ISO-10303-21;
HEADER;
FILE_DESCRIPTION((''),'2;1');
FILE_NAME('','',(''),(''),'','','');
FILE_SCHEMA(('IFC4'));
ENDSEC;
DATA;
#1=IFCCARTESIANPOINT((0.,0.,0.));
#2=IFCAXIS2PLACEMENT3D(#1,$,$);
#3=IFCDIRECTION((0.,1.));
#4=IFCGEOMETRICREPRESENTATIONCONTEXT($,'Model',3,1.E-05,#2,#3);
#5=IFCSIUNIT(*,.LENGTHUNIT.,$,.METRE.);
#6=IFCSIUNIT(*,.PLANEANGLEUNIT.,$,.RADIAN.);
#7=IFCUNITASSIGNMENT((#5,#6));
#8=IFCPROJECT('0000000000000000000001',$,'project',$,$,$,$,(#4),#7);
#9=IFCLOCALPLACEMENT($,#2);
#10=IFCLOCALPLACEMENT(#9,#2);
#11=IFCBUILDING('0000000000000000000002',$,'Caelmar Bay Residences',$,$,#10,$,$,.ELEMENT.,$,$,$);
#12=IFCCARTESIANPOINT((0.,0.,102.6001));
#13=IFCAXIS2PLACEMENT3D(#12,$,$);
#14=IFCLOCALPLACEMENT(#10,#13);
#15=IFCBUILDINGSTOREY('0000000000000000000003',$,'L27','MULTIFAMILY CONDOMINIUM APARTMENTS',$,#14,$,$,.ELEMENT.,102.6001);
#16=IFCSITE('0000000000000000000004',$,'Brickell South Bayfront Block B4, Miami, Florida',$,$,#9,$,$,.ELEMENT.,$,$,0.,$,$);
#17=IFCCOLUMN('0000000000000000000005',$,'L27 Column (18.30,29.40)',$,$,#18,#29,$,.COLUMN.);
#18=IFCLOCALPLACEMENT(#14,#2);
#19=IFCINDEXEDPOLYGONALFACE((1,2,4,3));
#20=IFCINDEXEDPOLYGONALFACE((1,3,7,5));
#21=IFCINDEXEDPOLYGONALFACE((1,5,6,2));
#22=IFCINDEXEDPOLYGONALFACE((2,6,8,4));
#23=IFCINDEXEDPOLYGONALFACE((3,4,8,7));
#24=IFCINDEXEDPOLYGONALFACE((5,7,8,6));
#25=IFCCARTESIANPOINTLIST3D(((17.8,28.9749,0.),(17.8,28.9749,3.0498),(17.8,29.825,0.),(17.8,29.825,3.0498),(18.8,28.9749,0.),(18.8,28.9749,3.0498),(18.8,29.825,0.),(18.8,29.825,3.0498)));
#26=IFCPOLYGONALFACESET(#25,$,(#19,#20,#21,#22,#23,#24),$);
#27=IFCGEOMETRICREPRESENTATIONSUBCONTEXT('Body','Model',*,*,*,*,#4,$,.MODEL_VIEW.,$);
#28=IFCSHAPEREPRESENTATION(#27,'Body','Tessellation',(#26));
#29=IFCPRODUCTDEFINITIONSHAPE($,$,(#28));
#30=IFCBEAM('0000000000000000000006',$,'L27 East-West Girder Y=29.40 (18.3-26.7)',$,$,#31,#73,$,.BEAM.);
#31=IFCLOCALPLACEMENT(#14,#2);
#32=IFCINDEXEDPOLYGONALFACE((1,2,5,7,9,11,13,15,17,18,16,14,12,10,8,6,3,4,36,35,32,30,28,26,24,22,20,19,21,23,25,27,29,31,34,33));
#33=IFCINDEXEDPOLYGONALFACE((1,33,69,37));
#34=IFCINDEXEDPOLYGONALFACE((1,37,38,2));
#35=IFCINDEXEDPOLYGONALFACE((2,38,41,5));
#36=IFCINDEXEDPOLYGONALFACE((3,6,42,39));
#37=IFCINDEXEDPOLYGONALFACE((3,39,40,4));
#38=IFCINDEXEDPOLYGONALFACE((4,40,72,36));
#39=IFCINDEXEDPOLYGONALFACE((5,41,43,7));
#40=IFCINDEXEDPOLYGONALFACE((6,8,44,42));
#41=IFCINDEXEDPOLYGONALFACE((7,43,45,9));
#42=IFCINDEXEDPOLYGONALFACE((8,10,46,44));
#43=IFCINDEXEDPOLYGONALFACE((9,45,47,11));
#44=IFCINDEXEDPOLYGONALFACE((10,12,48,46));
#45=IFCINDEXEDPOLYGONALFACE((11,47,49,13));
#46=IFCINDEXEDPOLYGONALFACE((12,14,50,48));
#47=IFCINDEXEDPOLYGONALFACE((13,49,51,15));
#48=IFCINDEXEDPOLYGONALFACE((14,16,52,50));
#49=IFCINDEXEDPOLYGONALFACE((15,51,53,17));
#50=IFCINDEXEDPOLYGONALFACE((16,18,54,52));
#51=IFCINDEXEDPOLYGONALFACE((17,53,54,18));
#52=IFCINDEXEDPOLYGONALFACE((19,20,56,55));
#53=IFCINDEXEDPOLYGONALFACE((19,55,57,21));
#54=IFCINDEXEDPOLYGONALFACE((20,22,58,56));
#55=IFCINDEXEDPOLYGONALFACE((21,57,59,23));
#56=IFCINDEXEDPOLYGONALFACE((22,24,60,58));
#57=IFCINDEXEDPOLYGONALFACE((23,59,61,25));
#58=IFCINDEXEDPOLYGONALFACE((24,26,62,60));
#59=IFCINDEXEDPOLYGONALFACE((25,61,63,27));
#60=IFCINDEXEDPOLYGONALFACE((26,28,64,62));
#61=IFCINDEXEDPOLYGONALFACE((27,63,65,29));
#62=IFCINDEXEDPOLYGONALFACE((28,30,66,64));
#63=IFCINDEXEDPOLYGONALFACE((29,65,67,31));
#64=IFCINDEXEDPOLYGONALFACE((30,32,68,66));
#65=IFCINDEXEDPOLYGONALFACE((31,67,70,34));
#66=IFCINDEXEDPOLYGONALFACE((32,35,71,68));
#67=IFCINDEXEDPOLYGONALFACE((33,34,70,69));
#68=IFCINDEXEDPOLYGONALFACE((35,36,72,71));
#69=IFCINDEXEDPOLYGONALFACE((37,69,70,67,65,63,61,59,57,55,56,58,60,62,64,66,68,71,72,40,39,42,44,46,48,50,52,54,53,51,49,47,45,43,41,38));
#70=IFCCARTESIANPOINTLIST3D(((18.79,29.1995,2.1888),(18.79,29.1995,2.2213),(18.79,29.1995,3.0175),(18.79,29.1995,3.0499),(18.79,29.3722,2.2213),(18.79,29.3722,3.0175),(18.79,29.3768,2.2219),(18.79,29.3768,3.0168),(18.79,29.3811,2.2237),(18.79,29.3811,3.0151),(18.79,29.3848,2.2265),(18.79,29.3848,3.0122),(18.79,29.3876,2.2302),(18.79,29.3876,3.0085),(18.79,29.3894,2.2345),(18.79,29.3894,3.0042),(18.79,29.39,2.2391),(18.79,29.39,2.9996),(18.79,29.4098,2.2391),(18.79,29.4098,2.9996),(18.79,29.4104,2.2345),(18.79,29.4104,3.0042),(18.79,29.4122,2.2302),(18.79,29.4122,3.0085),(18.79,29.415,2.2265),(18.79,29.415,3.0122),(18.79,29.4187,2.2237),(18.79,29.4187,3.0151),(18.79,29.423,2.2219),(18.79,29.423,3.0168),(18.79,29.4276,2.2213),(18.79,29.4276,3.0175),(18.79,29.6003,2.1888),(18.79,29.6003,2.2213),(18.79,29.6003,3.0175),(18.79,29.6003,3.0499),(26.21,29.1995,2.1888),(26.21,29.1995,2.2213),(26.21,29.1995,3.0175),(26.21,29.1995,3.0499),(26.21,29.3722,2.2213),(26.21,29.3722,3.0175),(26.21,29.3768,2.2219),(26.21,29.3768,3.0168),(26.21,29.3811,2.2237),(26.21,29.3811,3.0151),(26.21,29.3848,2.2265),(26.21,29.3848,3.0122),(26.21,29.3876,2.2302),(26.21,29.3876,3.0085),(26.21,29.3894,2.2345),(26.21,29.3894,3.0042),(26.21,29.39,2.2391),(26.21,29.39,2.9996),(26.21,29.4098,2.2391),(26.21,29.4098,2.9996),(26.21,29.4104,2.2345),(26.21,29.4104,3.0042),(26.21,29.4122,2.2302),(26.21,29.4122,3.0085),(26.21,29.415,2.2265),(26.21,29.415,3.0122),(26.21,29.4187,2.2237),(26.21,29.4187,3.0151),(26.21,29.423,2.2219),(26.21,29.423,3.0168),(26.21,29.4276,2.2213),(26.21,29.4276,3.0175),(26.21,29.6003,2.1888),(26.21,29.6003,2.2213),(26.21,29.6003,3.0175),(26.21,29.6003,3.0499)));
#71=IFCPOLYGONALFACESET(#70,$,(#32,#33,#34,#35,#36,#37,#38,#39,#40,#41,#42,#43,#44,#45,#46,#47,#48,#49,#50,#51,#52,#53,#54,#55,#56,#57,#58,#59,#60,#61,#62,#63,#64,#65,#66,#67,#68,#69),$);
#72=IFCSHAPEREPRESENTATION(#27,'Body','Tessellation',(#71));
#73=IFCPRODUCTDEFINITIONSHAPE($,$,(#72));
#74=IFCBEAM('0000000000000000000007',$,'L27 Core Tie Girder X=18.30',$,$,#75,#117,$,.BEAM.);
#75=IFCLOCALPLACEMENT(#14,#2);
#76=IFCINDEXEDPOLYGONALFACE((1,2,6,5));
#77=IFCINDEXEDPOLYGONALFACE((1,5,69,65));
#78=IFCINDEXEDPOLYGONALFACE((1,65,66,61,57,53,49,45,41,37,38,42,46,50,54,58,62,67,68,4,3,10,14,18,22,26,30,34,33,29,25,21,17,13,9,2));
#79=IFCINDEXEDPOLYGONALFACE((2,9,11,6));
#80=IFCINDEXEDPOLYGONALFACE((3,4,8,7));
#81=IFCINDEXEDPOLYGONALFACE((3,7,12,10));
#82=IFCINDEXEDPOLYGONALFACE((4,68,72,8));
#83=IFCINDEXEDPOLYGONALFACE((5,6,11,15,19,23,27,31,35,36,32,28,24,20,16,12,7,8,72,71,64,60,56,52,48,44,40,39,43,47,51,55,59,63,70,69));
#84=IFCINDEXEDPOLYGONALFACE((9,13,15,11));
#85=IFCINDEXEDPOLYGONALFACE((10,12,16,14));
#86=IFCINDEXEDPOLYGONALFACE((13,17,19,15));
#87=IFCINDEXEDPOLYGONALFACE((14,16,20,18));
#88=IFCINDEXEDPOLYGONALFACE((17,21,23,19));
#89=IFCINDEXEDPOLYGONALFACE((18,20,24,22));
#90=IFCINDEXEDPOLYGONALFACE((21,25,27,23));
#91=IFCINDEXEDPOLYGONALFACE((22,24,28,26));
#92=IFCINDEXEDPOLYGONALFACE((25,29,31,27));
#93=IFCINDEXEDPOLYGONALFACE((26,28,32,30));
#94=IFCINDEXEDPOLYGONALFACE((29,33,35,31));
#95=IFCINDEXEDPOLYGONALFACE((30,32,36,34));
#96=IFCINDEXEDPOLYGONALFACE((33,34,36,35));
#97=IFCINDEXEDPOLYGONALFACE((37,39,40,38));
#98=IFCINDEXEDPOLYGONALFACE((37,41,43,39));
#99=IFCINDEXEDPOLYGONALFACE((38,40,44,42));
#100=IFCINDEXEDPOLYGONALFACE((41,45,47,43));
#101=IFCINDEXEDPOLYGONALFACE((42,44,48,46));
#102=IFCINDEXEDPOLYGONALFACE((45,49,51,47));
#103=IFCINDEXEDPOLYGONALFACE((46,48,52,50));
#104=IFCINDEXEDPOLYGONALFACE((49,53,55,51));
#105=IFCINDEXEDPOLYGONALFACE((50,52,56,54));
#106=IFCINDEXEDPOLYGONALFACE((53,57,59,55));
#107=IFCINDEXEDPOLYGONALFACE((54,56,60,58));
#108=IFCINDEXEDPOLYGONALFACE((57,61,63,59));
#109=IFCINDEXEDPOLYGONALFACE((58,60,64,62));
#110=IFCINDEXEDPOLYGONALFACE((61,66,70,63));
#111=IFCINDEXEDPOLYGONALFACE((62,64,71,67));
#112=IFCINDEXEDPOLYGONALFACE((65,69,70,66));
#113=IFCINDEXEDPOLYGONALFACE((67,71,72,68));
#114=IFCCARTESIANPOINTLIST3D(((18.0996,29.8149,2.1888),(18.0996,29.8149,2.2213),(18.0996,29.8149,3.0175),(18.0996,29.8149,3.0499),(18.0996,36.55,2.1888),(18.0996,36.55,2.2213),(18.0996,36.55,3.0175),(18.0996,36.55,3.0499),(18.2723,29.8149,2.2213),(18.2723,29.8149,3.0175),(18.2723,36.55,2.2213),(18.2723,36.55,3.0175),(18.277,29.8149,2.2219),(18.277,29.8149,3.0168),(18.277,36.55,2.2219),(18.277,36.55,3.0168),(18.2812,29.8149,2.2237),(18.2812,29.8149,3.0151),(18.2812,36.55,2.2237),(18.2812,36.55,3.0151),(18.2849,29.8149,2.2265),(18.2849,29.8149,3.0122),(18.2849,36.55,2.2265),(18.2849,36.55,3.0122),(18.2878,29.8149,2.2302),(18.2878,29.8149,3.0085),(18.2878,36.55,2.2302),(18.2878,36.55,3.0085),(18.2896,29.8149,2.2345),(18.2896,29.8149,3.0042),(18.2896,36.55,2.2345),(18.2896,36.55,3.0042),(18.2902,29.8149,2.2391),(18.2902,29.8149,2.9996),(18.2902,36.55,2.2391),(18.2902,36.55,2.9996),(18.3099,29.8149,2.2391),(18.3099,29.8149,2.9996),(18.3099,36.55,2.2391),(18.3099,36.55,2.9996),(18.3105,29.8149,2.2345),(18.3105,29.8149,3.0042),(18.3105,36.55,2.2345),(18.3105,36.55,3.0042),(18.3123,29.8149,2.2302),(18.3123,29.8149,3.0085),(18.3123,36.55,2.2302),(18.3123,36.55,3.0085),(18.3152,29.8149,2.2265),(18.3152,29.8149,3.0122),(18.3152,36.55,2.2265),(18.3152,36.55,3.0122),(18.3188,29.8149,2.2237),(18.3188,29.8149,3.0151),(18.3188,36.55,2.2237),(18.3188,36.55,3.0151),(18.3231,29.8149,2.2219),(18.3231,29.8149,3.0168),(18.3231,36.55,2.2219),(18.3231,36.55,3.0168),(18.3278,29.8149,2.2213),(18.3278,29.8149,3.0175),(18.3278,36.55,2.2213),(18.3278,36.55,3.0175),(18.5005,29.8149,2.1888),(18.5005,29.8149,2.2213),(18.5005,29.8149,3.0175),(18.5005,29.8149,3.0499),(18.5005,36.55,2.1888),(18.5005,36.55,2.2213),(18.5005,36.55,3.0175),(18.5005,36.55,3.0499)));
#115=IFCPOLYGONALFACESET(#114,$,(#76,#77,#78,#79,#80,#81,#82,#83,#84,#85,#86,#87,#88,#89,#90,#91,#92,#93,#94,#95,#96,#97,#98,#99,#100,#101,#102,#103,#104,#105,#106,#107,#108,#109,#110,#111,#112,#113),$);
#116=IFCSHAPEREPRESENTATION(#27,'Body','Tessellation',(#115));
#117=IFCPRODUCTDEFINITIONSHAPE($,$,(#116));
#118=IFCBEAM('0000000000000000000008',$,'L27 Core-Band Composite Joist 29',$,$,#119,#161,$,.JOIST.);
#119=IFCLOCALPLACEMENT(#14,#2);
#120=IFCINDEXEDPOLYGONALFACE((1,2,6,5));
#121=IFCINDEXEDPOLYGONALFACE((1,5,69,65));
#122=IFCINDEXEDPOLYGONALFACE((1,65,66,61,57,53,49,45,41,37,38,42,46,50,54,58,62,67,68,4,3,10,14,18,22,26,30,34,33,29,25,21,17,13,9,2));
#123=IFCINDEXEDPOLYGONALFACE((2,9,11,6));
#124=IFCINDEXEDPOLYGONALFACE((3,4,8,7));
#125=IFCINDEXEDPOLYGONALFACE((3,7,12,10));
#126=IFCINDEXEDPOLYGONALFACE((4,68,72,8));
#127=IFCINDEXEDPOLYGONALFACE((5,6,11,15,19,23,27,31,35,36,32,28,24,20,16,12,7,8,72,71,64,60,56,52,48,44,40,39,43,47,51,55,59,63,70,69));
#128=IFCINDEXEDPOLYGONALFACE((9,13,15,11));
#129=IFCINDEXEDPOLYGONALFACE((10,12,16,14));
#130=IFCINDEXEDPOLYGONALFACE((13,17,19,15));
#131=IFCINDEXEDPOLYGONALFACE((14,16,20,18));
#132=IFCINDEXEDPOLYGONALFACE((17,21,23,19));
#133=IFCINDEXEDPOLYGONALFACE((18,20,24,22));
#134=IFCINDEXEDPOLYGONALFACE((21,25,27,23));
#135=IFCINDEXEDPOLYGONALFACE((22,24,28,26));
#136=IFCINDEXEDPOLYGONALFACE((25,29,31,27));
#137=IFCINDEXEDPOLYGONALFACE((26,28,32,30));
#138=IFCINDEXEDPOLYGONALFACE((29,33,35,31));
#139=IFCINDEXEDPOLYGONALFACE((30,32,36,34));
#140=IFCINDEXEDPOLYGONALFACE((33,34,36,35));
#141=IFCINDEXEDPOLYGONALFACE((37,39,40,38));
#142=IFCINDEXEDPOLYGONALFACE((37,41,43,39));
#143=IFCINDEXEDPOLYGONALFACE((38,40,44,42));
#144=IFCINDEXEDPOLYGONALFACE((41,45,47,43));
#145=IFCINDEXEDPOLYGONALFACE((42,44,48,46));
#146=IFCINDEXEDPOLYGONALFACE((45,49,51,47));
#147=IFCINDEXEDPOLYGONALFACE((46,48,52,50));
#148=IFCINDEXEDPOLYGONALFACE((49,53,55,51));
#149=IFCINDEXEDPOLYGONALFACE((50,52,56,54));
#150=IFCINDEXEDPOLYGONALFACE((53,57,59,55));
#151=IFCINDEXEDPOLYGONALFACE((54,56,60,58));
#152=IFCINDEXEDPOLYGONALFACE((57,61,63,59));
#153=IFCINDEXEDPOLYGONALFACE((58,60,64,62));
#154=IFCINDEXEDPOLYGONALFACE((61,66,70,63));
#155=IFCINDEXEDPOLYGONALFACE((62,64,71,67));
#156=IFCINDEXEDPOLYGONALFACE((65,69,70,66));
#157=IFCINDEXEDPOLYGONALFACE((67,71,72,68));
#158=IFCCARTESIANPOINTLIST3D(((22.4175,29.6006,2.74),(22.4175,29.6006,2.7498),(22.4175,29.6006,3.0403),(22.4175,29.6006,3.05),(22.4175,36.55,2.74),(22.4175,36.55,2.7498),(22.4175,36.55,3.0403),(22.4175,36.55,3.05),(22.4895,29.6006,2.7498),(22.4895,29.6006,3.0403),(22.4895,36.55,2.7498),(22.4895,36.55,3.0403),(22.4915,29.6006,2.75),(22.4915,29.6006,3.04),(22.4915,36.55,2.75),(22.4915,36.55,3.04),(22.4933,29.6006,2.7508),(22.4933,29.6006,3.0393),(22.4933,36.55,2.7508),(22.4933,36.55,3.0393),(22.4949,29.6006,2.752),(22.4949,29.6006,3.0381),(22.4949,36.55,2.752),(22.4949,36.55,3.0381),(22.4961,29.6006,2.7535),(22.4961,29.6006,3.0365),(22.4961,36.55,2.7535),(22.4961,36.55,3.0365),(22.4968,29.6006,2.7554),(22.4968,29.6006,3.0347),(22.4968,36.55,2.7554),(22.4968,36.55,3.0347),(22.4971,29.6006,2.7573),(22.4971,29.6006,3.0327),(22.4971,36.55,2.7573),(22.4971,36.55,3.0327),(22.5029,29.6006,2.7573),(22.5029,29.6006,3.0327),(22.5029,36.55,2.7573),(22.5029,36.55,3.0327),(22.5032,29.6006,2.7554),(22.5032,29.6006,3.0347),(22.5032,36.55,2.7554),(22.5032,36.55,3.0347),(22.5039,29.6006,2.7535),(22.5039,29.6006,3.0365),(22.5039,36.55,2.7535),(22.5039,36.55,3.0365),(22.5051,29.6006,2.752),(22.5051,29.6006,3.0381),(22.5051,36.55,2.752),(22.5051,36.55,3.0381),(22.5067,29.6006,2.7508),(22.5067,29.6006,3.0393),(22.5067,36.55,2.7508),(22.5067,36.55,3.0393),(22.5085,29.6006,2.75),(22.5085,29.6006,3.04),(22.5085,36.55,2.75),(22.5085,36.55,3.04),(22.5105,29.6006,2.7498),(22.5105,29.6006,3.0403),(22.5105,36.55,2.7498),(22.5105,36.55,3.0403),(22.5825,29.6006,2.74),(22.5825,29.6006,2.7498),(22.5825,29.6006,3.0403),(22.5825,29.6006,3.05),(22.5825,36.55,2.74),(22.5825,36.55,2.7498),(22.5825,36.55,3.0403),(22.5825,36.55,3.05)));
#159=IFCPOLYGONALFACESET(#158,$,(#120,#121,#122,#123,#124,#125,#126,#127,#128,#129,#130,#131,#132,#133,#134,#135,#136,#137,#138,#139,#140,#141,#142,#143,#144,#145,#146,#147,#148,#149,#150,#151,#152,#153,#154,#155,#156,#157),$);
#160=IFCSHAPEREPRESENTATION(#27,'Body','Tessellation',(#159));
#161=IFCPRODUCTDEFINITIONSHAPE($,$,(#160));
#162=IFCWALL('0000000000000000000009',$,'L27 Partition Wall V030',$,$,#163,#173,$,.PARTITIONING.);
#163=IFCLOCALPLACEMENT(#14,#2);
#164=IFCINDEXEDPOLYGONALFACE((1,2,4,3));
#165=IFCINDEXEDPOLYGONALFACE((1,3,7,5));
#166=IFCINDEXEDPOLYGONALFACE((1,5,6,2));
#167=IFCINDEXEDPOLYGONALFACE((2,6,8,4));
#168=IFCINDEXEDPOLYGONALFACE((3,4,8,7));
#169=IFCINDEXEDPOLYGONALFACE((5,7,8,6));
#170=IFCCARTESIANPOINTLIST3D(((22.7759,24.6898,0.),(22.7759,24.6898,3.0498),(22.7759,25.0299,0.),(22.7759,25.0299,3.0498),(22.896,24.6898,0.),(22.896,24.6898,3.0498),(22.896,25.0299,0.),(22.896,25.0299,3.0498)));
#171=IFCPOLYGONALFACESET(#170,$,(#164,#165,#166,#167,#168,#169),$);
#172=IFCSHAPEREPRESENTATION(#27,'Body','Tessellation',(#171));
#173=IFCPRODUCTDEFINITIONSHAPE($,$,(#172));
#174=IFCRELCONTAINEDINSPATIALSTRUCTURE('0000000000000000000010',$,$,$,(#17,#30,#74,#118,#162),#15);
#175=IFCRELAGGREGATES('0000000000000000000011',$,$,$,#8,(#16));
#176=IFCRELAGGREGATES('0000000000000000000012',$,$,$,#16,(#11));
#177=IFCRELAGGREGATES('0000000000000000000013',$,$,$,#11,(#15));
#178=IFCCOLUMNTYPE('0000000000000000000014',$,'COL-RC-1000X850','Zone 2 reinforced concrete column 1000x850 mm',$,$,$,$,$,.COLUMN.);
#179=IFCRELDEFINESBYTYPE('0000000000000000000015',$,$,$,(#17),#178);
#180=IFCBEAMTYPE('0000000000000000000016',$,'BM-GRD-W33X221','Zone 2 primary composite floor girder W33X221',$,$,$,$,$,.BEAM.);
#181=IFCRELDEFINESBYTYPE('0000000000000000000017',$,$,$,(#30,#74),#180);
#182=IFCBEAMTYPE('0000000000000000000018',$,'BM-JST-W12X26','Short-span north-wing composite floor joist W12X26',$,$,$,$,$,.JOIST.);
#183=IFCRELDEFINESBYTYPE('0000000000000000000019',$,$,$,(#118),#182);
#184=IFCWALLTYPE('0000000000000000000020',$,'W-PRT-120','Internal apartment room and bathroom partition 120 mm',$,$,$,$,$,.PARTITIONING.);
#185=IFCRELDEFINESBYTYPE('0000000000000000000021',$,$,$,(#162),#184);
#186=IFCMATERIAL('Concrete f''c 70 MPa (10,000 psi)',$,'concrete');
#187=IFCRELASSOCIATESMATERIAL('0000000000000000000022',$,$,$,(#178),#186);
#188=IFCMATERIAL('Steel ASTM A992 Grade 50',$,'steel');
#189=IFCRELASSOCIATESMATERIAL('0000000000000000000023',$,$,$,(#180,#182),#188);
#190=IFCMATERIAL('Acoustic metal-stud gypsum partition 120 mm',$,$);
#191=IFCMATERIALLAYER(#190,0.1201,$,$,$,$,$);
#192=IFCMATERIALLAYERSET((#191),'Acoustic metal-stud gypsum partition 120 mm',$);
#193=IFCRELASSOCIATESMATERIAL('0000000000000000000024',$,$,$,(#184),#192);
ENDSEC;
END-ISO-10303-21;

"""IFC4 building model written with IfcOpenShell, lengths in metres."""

from ifc_helpers import new_model, si_unit, direction, frame, frame_2d, origin, origin_2d, place, context, subcontext, project, spatial, rectangle, i_section, extrude, material, layer, layer_set, material_profile, profile_set, type_object, element, save


model = new_model("IFC4")

# Units and contexts
model_context = context("Model", 3, precision=1e-05, world=origin(), true_north=direction((0.0, 1.0)))
body_context = subcontext(model_context, "Body", "Model", "MODEL_VIEW")
ifc_project = project(units=[si_unit("LENGTHUNIT", "METRE"), si_unit("PLANEANGLEUNIT", "RADIAN")], contexts=[model_context])

# Site, building, storey
site_placement = place(None, origin())
site = spatial("IfcSite", under=ifc_project, at=site_placement, Name="Brickell South Bayfront Block B4, Miami, Florida", CompositionType="ELEMENT", RefElevation=0.0)
building_placement = place(site_placement, origin())
building = spatial("IfcBuilding", under=site, at=building_placement, Name="Caelmar Bay Residences", CompositionType="ELEMENT")
storey_placement = place(building_placement, frame((0.0, 0.0, 102.6001)))
storey = spatial("IfcBuildingStorey", under=building, at=storey_placement, Name="L27", Description="MULTIFAMILY CONDOMINIUM APARTMENTS", CompositionType="ELEMENT", Elevation=102.6001)

# Column
ifc_material_1 = material(Name="Concrete f'c 70 MPa (10,000 psi)", Category="concrete")
ifc_material_profile_1 = material_profile(ifc_material_1, rectangle(XDim=1.0, YDim=0.8501, at=origin_2d()), Name="RC-COL-1000X850")
ifc_profile_set_1 = profile_set([ifc_material_profile_1], Name="Concrete f'c 70 MPa (10,000 psi)")
column_type = type_object("IfcColumnType", Name="COL-RC-1000X850", Description="Zone 2 reinforced concrete column 1000x850 mm", PredefinedType="COLUMN", material=ifc_profile_set_1)
column_placement = place(storey_placement, frame((18.3, 29.3999, 0.0), z_axis=(0.0, 0.0, 1.0), x_axis=(1.0, 0.0, 0.0)))
element("IfcColumn", 1, at=column_placement, inside=storey, type_object=column_type, Name="L27 Column (18.30,29.40)", PredefinedType="COLUMN", context=body_context, shape_type="SweptSolid", body=[
    extrude(rectangle(XDim=1.0, YDim=0.8501, at=origin_2d()), origin(), (0.0, 0.0, 1.0), 3.0498),
])

# Beams
ifc_material_2 = material(Name="Steel ASTM A992 Grade 50", Category="steel")
ifc_material_profile_2 = material_profile(ifc_material_2, i_section(OverallWidth=0.4009, OverallDepth=0.8611, WebThickness=0.0198, FlangeThickness=0.0325, FilletRadius=0.0178, at=origin_2d()), Name="W33X221")
ifc_profile_set_2 = profile_set([ifc_material_profile_2], Name="Steel ASTM A992 Grade 50")
beam_type_1 = type_object("IfcBeamType", Name="BM-GRD-W33X221", Description="Zone 2 primary composite floor girder W33X221", PredefinedType="BEAM", material=ifc_profile_set_2)
beam_1_placement = place(storey_placement, frame((18.79, 29.3999, 2.6194), z_axis=(1.0, 0.0, 0.0), x_axis=(0.0, 1.0, 0.0)))
element("IfcBeam", 2, at=beam_1_placement, inside=storey, type_object=beam_type_1, Name="L27 East-West Girder Y=29.40 (18.3-26.7)", PredefinedType="BEAM", context=body_context, shape_type="SweptSolid", body=[
    extrude(i_section(OverallWidth=0.4009, OverallDepth=0.8611, WebThickness=0.0198, FlangeThickness=0.0325, FilletRadius=0.0178, at=origin_2d()), origin(), (0.0, 0.0, 1.0), 7.4199),
])
beam_2_placement = place(storey_placement, frame((18.3, 29.8149, 2.6194), z_axis=(0.0, 1.0, 0.0), x_axis=(-1.0, 0.0, 0.0)))
element("IfcBeam", 3, at=beam_2_placement, inside=storey, type_object=beam_type_1, Name="L27 Core Tie Girder X=18.30", PredefinedType="BEAM", context=body_context, shape_type="SweptSolid", body=[
    extrude(i_section(OverallWidth=0.4009, OverallDepth=0.8611, WebThickness=0.0198, FlangeThickness=0.0325, FilletRadius=0.0178, at=origin_2d()), origin(), (0.0, 0.0, 1.0), 6.7351),
])
ifc_material_profile_3 = material_profile(ifc_material_2, i_section(OverallWidth=0.165, OverallDepth=0.3101, WebThickness=0.0059, FlangeThickness=0.0098, FilletRadius=0.0076, at=origin_2d()), Name="W12X26")
ifc_profile_set_3 = profile_set([ifc_material_profile_3], Name="Steel ASTM A992 Grade 50")
beam_type_2 = type_object("IfcBeamType", Name="BM-JST-W12X26", Description="Short-span north-wing composite floor joist W12X26", PredefinedType="JOIST", material=ifc_profile_set_3)
beam_3_placement = place(storey_placement, frame((22.5, 29.6006, 2.895), z_axis=(0.0, 1.0, 0.0), x_axis=(-1.0, 0.0, 0.0)))
element("IfcBeam", 4, at=beam_3_placement, inside=storey, type_object=beam_type_2, Name="L27 Core-Band Composite Joist 29", PredefinedType="JOIST", context=body_context, shape_type="SweptSolid", body=[
    extrude(i_section(OverallWidth=0.165, OverallDepth=0.3101, WebThickness=0.0059, FlangeThickness=0.0098, FilletRadius=0.0076, at=origin_2d()), origin(), (0.0, 0.0, 1.0), 6.9495),
])

# Wall
ifc_material_3 = material(Name="Acoustic metal-stud gypsum partition 120 mm")
ifc_layer_1 = layer(ifc_material_3, 0.1201)
ifc_layer_set_1 = layer_set([ifc_layer_1], Name="Acoustic metal-stud gypsum partition 120 mm")
wall_type_1 = type_object("IfcWallType", Name="W-PRT-120", Description="Internal apartment room and bathroom partition 120 mm", PredefinedType="PARTITIONING", material=ifc_layer_set_1)
wall_1_placement = place(storey_placement, frame((22.8359, 24.6899, 0.0), z_axis=(0.0, 0.0, 1.0), x_axis=(0.0, 1.0, 0.0)))
element("IfcWall", 5, at=wall_1_placement, inside=storey, type_object=wall_type_1, Name="L27 Partition Wall V030", PredefinedType="PARTITIONING", context=body_context, shape_type="SweptSolid", body=[
    extrude(rectangle(XDim=0.3401, YDim=0.1201, at=frame_2d((0.1699, 0.0))), origin(), (0.0, 0.0, 1.0), 3.0498),
])

save(model, "model.ifc")
